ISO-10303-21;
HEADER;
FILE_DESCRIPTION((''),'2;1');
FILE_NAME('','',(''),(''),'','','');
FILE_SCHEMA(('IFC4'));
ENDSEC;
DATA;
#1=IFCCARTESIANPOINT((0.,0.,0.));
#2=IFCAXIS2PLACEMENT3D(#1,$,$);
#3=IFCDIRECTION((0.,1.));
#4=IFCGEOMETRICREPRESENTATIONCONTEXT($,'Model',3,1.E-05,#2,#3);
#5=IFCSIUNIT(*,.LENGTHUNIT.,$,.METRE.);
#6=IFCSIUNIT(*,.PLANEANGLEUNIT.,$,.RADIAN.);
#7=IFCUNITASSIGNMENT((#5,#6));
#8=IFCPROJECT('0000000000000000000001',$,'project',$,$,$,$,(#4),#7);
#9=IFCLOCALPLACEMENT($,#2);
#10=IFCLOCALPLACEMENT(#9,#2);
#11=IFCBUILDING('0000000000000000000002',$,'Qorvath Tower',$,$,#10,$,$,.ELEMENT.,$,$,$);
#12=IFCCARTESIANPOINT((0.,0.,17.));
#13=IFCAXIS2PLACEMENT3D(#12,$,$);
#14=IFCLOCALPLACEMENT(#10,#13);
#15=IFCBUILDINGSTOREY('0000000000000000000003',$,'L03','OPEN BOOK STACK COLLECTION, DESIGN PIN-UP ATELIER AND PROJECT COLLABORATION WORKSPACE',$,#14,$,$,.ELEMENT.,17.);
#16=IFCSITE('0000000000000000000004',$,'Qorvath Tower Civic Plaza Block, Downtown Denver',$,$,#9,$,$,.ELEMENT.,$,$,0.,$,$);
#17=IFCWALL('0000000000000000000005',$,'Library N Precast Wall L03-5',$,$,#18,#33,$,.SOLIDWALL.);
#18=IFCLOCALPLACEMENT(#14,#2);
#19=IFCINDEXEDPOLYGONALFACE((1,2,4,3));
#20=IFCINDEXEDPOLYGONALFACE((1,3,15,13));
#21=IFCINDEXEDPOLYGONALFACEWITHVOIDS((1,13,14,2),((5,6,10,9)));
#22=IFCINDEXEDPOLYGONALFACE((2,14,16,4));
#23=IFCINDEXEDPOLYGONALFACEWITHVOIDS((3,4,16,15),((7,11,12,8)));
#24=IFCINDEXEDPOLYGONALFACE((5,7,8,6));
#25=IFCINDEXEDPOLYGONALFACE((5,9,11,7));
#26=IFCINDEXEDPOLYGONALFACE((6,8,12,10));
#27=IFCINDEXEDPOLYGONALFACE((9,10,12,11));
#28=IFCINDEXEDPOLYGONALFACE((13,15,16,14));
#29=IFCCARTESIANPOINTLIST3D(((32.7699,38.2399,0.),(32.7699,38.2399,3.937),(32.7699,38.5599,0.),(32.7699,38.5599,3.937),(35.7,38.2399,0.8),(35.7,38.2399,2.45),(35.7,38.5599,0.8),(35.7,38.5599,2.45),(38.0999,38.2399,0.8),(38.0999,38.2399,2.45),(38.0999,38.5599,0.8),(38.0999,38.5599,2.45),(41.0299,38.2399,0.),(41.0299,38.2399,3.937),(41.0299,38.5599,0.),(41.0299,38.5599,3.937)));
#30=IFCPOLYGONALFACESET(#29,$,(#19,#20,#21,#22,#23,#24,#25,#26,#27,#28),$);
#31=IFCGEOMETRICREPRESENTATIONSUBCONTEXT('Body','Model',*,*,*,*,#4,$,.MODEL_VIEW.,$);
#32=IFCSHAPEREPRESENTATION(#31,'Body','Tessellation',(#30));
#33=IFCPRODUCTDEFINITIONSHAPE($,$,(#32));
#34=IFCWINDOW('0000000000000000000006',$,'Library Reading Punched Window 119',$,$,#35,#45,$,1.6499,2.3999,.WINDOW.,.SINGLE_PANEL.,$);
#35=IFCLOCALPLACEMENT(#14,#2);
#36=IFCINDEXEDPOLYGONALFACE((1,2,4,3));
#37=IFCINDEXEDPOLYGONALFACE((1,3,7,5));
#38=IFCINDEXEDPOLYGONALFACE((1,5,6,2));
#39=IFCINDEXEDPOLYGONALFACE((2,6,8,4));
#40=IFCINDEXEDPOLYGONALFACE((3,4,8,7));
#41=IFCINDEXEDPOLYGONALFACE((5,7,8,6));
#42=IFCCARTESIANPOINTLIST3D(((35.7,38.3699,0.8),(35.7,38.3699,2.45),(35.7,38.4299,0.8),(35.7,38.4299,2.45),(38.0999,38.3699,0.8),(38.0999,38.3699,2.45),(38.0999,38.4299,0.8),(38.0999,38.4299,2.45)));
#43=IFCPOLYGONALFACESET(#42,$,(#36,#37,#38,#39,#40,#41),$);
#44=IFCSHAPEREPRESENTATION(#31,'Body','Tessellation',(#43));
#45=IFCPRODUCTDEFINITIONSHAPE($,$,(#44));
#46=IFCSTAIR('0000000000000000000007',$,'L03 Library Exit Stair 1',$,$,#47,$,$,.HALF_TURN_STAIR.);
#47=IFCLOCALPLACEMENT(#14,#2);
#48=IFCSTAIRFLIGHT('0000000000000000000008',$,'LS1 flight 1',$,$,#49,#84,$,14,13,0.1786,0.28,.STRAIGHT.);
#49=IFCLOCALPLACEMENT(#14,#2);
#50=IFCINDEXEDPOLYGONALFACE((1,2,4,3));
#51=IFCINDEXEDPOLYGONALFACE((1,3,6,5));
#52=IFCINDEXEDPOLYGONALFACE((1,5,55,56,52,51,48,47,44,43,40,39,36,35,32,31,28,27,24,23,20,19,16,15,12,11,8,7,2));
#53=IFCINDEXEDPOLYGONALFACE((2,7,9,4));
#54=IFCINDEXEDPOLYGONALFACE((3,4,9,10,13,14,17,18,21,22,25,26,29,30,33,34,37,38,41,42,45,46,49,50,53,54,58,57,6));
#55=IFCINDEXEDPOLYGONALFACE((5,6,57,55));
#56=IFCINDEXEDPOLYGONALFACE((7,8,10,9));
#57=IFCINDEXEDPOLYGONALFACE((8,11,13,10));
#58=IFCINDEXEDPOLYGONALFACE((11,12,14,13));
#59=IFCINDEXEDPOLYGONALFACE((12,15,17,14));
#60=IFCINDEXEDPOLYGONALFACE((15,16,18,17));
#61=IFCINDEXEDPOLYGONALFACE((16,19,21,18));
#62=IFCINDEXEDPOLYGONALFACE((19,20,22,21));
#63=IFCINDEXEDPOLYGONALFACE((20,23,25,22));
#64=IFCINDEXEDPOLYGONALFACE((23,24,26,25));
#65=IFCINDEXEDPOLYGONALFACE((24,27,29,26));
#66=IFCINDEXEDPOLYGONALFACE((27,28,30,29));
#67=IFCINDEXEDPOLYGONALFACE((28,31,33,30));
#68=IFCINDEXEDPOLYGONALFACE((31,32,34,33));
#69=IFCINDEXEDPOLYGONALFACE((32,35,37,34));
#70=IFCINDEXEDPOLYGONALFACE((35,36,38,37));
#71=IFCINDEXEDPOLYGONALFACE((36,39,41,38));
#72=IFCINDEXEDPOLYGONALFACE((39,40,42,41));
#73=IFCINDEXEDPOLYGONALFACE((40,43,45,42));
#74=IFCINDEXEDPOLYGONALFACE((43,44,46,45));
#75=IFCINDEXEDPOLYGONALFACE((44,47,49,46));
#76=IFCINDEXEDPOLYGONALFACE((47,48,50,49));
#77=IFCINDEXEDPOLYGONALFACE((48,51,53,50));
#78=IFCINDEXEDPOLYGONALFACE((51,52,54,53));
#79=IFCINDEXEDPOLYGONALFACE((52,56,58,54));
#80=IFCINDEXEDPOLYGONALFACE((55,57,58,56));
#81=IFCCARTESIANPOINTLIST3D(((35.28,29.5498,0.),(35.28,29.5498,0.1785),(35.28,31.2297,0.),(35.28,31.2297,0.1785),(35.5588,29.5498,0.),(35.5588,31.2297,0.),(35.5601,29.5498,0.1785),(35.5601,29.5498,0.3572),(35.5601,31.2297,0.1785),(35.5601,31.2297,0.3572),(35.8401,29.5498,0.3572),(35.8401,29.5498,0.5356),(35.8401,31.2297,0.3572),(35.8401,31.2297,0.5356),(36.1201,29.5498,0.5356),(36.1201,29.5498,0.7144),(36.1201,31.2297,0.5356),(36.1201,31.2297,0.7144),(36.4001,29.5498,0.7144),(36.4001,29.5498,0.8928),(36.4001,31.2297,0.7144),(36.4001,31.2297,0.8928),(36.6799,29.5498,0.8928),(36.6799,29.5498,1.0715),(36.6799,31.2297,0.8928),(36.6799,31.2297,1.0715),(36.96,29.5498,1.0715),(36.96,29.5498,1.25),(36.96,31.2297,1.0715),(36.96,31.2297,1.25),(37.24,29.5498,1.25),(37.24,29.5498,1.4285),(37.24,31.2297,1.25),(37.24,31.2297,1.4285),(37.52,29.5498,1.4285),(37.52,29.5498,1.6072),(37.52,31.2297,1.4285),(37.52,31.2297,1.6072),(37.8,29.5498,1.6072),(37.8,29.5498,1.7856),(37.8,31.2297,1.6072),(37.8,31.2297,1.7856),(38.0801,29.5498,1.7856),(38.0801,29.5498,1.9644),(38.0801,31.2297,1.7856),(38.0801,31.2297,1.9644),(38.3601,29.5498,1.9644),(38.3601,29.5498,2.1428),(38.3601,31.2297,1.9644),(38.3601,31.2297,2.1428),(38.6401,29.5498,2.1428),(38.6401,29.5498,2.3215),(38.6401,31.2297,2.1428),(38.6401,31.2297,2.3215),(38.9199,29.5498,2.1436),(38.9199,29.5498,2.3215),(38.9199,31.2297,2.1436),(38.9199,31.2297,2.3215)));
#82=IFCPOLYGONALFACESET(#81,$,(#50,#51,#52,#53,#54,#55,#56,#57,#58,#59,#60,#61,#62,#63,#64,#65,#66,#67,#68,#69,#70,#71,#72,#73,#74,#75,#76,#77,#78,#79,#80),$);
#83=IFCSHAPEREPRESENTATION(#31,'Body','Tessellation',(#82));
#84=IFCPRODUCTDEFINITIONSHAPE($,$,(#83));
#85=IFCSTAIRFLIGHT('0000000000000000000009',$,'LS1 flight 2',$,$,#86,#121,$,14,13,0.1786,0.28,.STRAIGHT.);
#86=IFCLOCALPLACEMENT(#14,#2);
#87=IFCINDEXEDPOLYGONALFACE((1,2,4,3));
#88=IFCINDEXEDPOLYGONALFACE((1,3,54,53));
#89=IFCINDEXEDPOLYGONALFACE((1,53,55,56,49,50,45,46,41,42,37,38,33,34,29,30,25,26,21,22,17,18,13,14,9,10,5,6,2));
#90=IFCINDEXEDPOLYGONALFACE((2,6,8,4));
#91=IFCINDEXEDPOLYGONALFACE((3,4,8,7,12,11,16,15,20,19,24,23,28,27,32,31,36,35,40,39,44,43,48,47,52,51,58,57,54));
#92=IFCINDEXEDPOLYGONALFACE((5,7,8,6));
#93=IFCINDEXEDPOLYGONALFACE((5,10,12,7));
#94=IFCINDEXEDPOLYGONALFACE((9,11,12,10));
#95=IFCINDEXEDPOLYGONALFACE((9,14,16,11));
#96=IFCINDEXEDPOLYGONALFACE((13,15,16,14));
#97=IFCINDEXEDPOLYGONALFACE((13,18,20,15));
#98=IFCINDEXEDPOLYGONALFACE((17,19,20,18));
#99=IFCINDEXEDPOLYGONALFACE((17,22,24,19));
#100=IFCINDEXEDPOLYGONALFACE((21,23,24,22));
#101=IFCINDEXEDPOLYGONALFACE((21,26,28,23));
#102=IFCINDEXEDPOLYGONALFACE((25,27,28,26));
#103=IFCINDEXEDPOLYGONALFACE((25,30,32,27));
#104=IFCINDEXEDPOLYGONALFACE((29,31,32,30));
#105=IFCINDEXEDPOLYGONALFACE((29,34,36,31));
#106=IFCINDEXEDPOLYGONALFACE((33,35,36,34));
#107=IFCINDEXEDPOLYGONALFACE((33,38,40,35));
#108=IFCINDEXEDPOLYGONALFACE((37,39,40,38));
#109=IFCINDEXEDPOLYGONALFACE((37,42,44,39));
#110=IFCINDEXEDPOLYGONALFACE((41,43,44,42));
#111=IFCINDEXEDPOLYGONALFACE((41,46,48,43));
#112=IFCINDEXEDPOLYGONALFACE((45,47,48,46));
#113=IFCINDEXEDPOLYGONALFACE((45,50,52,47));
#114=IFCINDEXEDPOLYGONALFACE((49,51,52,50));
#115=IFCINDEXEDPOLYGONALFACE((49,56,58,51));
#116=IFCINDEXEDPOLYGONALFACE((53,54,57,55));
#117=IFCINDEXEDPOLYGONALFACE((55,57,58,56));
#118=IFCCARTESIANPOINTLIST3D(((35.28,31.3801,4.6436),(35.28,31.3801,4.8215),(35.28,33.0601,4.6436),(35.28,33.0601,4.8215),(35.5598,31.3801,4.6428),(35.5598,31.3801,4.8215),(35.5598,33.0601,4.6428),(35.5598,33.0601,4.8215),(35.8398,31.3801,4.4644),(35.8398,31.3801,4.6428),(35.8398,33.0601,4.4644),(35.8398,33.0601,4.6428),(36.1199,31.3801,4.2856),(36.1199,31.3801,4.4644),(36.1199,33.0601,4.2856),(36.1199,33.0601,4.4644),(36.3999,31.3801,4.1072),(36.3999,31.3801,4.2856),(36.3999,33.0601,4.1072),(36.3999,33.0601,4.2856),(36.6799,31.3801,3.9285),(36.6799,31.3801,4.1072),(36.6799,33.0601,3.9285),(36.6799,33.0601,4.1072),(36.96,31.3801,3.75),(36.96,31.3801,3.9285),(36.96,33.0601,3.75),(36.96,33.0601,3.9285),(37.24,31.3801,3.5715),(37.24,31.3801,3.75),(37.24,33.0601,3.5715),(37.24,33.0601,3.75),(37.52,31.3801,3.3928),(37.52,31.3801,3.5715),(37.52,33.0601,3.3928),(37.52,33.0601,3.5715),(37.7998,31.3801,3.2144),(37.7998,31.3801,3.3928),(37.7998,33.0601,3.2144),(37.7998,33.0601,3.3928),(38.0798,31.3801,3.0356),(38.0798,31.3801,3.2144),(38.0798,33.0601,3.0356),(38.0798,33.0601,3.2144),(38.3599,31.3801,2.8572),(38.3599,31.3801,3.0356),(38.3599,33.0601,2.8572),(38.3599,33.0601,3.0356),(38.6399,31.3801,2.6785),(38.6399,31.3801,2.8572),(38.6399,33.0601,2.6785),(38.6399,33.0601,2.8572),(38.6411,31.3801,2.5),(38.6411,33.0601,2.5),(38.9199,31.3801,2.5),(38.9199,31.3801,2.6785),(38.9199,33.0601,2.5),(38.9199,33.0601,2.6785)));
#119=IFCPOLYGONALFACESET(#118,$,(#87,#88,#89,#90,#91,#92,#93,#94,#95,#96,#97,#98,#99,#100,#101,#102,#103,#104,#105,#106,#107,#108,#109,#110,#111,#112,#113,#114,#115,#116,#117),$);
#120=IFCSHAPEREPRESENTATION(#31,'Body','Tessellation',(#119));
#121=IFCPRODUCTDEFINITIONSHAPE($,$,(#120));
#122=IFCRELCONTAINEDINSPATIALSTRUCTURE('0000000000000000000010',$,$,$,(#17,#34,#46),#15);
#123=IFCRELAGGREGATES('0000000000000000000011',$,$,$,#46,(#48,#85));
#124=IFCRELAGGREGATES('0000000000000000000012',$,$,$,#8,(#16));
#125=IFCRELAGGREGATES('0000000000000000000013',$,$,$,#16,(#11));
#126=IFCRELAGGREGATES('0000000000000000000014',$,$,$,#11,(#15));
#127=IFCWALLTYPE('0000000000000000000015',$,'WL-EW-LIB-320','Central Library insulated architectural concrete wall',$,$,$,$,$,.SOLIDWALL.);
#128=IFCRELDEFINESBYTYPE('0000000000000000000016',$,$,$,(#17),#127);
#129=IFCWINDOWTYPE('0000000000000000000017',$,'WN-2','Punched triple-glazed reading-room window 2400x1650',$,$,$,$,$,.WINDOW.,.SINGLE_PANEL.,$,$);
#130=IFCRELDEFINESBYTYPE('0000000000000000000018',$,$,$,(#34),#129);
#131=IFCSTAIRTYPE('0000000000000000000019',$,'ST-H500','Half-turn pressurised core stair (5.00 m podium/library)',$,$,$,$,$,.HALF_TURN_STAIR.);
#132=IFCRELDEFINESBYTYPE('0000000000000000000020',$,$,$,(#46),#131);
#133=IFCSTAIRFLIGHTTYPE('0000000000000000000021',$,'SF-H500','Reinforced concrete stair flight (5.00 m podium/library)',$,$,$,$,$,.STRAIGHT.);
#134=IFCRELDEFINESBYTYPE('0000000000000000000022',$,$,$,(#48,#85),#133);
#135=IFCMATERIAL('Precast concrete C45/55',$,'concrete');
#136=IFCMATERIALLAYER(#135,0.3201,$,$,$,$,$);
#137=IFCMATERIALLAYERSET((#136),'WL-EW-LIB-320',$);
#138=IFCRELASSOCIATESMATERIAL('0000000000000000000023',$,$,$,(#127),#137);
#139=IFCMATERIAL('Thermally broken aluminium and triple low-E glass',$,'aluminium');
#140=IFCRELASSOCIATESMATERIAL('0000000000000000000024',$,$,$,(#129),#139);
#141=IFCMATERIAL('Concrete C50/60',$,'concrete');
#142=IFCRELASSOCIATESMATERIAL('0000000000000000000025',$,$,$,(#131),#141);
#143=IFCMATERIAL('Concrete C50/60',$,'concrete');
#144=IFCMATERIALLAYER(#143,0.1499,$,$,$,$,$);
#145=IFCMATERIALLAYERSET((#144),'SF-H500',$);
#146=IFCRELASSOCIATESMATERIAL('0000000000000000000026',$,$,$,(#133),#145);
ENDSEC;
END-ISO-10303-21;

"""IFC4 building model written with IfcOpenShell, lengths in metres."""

from ifc_helpers import new_model, si_unit, direction, frame, frame_2d, origin, place, context, subcontext, project, spatial, polyline, rectangle, outline, extrude, material, layer, layer_set, type_object, element, fill, aggregate, save


model = new_model("IFC4")

# Units and contexts
model_context = context("Model", 3, precision=1e-05, world=origin(), true_north=direction((0.0, 1.0)))
body_context = subcontext(model_context, "Body", "Model", "MODEL_VIEW")
ifc_project = project(units=[si_unit("LENGTHUNIT", "METRE"), si_unit("PLANEANGLEUNIT", "RADIAN")], contexts=[model_context])

# Site, building, storey
site_placement = place(None, origin())
site = spatial("IfcSite", under=ifc_project, at=site_placement, Name="Qorvath Tower Civic Plaza Block, Downtown Denver", CompositionType="ELEMENT", RefElevation=0.0)
building_placement = place(site_placement, origin())
building = spatial("IfcBuilding", under=site, at=building_placement, Name="Qorvath Tower", CompositionType="ELEMENT")
storey_placement = place(building_placement, frame((0.0, 0.0, 17.0)))
storey = spatial("IfcBuildingStorey", under=building, at=storey_placement, Name="L03", Description="OPEN BOOK STACK COLLECTION, DESIGN PIN-UP ATELIER AND PROJECT COLLABORATION WORKSPACE", CompositionType="ELEMENT", Elevation=17.0)

# Wall, opening, window
ifc_material_1 = material(Name="Precast concrete C45/55", Category="concrete")
ifc_layer_1 = layer(ifc_material_1, 0.3201)
ifc_layer_set_1 = layer_set([ifc_layer_1], Name="WL-EW-LIB-320")
wall_type_1 = type_object("IfcWallType", Name="WL-EW-LIB-320", Description="Central Library insulated architectural concrete wall", PredefinedType="SOLIDWALL", material=ifc_layer_set_1)
ifc_material_2 = material(Name="Thermally broken aluminium and triple low-E glass", Category="aluminium")
window_type = type_object("IfcWindowType", Name="WN-2", Description="Punched triple-glazed reading-room window 2400x1650", PartitioningType="SINGLE_PANEL", PredefinedType="WINDOW", material=ifc_material_2)
wall_1_placement = place(storey_placement, frame((32.77, 38.3999, 0.0), z_axis=(0.0, 0.0, 1.0), x_axis=(1.0, 0.0, 0.0)))
wall_1 = element("IfcWall", 1, at=wall_1_placement, inside=storey, type_object=wall_type_1, Name="Library N Precast Wall L03-5", PredefinedType="SOLIDWALL", context=body_context, shape_type="SweptSolid", body=[
    extrude(rectangle(XDim=8.26, YDim=0.3201, at=frame_2d((4.1299, 0.0))), origin(), (0.0, 0.0, 1.0), 3.937),
])
opening_1_placement = place(wall_1_placement, frame((2.9299, 0.0, 0.8)))
opening_1 = element("IfcOpeningElement", 2, at=opening_1_placement, cuts=wall_1, PredefinedType="OPENING", context=body_context, shape_type="SweptSolid", body=[
    extrude(rectangle(XDim=2.3999, YDim=1.6499, at=frame_2d((1.2, 0.825))), frame((0.0, 0.1699, 0.0), z_axis=(0.0, -1.0, 0.0), x_axis=(1.0, 0.0, 0.0)), (0.0, 0.0, 1.0), 0.3401),
])
window_1_placement = place(opening_1_placement, origin())
window_1 = element("IfcWindow", 3, at=window_1_placement, inside=storey, type_object=window_type, Name="Library Reading Punched Window 119", OverallHeight=1.6499, OverallWidth=2.3999, PartitioningType="SINGLE_PANEL", PredefinedType="WINDOW", context=body_context, shape_type="SweptSolid", body=[
    extrude(rectangle(XDim=2.3999, YDim=1.6499, at=frame_2d((1.2, 0.825))), frame((0.0, 0.03, 0.0), z_axis=(0.0, -1.0, 0.0), x_axis=(1.0, 0.0, 0.0)), (0.0, 0.0, 1.0), 0.0601),
])
fill(opening_1, window_1)

# Stair, stair flights
ifc_material_3 = material(Name="Concrete C50/60", Category="concrete")
stair_type = type_object("IfcStairType", Name="ST-H500", Description="Half-turn pressurised core stair (5.00 m podium/library)", PredefinedType="HALF_TURN_STAIR", material=ifc_material_3)
stair_placement = place(storey_placement, origin())
stair = element("IfcStair", 4, at=stair_placement, inside=storey, type_object=stair_type, Name="L03 Library Exit Stair 1", PredefinedType="HALF_TURN_STAIR")
ifc_material_4 = material(Name="Concrete C50/60", Category="concrete")
ifc_layer_2 = layer(ifc_material_4, 0.1499)
ifc_layer_set_2 = layer_set([ifc_layer_2], Name="SF-H500")
stair_flight_type = type_object("IfcStairFlightType", Name="SF-H500", Description="Reinforced concrete stair flight (5.00 m podium/library)", PredefinedType="STRAIGHT", material=ifc_layer_set_2)
stair_flight_1_placement = place(storey_placement, frame((35.28, 30.3899, 0.0), z_axis=(0.0, 0.0, 1.0), x_axis=(1.0, 0.0, 0.0)))
stair_flight_1 = element("IfcStairFlight", 5, at=stair_flight_1_placement, type_object=stair_flight_type, Name="LS1 flight 1", NumberOfRisers=14, NumberOfTreads=13, PredefinedType="STRAIGHT", RiserHeight=0.1786, TreadLength=0.28, context=body_context, shape_type="SweptSolid", body=[
    extrude(outline(polyline([(0.0, 0.0), (0.0, 0.1785), (0.28, 0.1785), (0.28, 0.3572), (0.5601, 0.3572), (0.5601, 0.5356), (0.8401, 0.5356), (0.8401, 0.7144), (1.1201, 0.7144), (1.1201, 0.8928), (1.3999, 0.8928), (1.3999, 1.0715), (1.6799, 1.0715), (1.6799, 1.25), (1.96, 1.25), (1.96, 1.4285), (2.24, 1.4285), (2.24, 1.6072), (2.52, 1.6072), (2.52, 1.7856), (2.8, 1.7856), (2.8, 1.9644), (3.0801, 1.9644), (3.0801, 2.1428), (3.3601, 2.1428), (3.3601, 2.3215), (3.6399, 2.3215), (3.6399, 2.5), (3.6399, 2.1436), (0.2788, 0.0), (0.0, 0.0)])), frame((0.0, 0.8398, 0.0), z_axis=(0.0, -1.0, 0.0), x_axis=(1.0, 0.0, 0.0)), (0.0, 0.0, 1.0), 1.6799),
])
stair_flight_2_placement = place(storey_placement, frame((38.9199, 32.22, 2.5), z_axis=(0.0, 0.0, 1.0), x_axis=(-1.0, 0.0, 0.0)))
stair_flight_2 = element("IfcStairFlight", 6, at=stair_flight_2_placement, type_object=stair_flight_type, Name="LS1 flight 2", NumberOfRisers=14, NumberOfTreads=13, PredefinedType="STRAIGHT", RiserHeight=0.1786, TreadLength=0.28, context=body_context, shape_type="SweptSolid", body=[
    extrude(outline(polyline([(0.0, 0.0), (0.0, 0.1785), (0.28, 0.1785), (0.28, 0.3572), (0.5601, 0.3572), (0.5601, 0.5356), (0.8401, 0.5356), (0.8401, 0.7144), (1.1201, 0.7144), (1.1201, 0.8928), (1.3999, 0.8928), (1.3999, 1.0715), (1.6799, 1.0715), (1.6799, 1.25), (1.96, 1.25), (1.96, 1.4285), (2.24, 1.4285), (2.24, 1.6072), (2.52, 1.6072), (2.52, 1.7856), (2.8, 1.7856), (2.8, 1.9644), (3.0801, 1.9644), (3.0801, 2.1428), (3.3601, 2.1428), (3.3601, 2.3215), (3.6399, 2.3215), (3.6399, 2.5), (3.6399, 2.1436), (0.2788, 0.0), (0.0, 0.0)])), frame((0.0, 0.8398, 0.0), z_axis=(0.0, -1.0, 0.0), x_axis=(1.0, 0.0, 0.0)), (0.0, 0.0, 1.0), 1.6799),
])
aggregate(stair, [stair_flight_1, stair_flight_2])

save(model, "model.ifc")
